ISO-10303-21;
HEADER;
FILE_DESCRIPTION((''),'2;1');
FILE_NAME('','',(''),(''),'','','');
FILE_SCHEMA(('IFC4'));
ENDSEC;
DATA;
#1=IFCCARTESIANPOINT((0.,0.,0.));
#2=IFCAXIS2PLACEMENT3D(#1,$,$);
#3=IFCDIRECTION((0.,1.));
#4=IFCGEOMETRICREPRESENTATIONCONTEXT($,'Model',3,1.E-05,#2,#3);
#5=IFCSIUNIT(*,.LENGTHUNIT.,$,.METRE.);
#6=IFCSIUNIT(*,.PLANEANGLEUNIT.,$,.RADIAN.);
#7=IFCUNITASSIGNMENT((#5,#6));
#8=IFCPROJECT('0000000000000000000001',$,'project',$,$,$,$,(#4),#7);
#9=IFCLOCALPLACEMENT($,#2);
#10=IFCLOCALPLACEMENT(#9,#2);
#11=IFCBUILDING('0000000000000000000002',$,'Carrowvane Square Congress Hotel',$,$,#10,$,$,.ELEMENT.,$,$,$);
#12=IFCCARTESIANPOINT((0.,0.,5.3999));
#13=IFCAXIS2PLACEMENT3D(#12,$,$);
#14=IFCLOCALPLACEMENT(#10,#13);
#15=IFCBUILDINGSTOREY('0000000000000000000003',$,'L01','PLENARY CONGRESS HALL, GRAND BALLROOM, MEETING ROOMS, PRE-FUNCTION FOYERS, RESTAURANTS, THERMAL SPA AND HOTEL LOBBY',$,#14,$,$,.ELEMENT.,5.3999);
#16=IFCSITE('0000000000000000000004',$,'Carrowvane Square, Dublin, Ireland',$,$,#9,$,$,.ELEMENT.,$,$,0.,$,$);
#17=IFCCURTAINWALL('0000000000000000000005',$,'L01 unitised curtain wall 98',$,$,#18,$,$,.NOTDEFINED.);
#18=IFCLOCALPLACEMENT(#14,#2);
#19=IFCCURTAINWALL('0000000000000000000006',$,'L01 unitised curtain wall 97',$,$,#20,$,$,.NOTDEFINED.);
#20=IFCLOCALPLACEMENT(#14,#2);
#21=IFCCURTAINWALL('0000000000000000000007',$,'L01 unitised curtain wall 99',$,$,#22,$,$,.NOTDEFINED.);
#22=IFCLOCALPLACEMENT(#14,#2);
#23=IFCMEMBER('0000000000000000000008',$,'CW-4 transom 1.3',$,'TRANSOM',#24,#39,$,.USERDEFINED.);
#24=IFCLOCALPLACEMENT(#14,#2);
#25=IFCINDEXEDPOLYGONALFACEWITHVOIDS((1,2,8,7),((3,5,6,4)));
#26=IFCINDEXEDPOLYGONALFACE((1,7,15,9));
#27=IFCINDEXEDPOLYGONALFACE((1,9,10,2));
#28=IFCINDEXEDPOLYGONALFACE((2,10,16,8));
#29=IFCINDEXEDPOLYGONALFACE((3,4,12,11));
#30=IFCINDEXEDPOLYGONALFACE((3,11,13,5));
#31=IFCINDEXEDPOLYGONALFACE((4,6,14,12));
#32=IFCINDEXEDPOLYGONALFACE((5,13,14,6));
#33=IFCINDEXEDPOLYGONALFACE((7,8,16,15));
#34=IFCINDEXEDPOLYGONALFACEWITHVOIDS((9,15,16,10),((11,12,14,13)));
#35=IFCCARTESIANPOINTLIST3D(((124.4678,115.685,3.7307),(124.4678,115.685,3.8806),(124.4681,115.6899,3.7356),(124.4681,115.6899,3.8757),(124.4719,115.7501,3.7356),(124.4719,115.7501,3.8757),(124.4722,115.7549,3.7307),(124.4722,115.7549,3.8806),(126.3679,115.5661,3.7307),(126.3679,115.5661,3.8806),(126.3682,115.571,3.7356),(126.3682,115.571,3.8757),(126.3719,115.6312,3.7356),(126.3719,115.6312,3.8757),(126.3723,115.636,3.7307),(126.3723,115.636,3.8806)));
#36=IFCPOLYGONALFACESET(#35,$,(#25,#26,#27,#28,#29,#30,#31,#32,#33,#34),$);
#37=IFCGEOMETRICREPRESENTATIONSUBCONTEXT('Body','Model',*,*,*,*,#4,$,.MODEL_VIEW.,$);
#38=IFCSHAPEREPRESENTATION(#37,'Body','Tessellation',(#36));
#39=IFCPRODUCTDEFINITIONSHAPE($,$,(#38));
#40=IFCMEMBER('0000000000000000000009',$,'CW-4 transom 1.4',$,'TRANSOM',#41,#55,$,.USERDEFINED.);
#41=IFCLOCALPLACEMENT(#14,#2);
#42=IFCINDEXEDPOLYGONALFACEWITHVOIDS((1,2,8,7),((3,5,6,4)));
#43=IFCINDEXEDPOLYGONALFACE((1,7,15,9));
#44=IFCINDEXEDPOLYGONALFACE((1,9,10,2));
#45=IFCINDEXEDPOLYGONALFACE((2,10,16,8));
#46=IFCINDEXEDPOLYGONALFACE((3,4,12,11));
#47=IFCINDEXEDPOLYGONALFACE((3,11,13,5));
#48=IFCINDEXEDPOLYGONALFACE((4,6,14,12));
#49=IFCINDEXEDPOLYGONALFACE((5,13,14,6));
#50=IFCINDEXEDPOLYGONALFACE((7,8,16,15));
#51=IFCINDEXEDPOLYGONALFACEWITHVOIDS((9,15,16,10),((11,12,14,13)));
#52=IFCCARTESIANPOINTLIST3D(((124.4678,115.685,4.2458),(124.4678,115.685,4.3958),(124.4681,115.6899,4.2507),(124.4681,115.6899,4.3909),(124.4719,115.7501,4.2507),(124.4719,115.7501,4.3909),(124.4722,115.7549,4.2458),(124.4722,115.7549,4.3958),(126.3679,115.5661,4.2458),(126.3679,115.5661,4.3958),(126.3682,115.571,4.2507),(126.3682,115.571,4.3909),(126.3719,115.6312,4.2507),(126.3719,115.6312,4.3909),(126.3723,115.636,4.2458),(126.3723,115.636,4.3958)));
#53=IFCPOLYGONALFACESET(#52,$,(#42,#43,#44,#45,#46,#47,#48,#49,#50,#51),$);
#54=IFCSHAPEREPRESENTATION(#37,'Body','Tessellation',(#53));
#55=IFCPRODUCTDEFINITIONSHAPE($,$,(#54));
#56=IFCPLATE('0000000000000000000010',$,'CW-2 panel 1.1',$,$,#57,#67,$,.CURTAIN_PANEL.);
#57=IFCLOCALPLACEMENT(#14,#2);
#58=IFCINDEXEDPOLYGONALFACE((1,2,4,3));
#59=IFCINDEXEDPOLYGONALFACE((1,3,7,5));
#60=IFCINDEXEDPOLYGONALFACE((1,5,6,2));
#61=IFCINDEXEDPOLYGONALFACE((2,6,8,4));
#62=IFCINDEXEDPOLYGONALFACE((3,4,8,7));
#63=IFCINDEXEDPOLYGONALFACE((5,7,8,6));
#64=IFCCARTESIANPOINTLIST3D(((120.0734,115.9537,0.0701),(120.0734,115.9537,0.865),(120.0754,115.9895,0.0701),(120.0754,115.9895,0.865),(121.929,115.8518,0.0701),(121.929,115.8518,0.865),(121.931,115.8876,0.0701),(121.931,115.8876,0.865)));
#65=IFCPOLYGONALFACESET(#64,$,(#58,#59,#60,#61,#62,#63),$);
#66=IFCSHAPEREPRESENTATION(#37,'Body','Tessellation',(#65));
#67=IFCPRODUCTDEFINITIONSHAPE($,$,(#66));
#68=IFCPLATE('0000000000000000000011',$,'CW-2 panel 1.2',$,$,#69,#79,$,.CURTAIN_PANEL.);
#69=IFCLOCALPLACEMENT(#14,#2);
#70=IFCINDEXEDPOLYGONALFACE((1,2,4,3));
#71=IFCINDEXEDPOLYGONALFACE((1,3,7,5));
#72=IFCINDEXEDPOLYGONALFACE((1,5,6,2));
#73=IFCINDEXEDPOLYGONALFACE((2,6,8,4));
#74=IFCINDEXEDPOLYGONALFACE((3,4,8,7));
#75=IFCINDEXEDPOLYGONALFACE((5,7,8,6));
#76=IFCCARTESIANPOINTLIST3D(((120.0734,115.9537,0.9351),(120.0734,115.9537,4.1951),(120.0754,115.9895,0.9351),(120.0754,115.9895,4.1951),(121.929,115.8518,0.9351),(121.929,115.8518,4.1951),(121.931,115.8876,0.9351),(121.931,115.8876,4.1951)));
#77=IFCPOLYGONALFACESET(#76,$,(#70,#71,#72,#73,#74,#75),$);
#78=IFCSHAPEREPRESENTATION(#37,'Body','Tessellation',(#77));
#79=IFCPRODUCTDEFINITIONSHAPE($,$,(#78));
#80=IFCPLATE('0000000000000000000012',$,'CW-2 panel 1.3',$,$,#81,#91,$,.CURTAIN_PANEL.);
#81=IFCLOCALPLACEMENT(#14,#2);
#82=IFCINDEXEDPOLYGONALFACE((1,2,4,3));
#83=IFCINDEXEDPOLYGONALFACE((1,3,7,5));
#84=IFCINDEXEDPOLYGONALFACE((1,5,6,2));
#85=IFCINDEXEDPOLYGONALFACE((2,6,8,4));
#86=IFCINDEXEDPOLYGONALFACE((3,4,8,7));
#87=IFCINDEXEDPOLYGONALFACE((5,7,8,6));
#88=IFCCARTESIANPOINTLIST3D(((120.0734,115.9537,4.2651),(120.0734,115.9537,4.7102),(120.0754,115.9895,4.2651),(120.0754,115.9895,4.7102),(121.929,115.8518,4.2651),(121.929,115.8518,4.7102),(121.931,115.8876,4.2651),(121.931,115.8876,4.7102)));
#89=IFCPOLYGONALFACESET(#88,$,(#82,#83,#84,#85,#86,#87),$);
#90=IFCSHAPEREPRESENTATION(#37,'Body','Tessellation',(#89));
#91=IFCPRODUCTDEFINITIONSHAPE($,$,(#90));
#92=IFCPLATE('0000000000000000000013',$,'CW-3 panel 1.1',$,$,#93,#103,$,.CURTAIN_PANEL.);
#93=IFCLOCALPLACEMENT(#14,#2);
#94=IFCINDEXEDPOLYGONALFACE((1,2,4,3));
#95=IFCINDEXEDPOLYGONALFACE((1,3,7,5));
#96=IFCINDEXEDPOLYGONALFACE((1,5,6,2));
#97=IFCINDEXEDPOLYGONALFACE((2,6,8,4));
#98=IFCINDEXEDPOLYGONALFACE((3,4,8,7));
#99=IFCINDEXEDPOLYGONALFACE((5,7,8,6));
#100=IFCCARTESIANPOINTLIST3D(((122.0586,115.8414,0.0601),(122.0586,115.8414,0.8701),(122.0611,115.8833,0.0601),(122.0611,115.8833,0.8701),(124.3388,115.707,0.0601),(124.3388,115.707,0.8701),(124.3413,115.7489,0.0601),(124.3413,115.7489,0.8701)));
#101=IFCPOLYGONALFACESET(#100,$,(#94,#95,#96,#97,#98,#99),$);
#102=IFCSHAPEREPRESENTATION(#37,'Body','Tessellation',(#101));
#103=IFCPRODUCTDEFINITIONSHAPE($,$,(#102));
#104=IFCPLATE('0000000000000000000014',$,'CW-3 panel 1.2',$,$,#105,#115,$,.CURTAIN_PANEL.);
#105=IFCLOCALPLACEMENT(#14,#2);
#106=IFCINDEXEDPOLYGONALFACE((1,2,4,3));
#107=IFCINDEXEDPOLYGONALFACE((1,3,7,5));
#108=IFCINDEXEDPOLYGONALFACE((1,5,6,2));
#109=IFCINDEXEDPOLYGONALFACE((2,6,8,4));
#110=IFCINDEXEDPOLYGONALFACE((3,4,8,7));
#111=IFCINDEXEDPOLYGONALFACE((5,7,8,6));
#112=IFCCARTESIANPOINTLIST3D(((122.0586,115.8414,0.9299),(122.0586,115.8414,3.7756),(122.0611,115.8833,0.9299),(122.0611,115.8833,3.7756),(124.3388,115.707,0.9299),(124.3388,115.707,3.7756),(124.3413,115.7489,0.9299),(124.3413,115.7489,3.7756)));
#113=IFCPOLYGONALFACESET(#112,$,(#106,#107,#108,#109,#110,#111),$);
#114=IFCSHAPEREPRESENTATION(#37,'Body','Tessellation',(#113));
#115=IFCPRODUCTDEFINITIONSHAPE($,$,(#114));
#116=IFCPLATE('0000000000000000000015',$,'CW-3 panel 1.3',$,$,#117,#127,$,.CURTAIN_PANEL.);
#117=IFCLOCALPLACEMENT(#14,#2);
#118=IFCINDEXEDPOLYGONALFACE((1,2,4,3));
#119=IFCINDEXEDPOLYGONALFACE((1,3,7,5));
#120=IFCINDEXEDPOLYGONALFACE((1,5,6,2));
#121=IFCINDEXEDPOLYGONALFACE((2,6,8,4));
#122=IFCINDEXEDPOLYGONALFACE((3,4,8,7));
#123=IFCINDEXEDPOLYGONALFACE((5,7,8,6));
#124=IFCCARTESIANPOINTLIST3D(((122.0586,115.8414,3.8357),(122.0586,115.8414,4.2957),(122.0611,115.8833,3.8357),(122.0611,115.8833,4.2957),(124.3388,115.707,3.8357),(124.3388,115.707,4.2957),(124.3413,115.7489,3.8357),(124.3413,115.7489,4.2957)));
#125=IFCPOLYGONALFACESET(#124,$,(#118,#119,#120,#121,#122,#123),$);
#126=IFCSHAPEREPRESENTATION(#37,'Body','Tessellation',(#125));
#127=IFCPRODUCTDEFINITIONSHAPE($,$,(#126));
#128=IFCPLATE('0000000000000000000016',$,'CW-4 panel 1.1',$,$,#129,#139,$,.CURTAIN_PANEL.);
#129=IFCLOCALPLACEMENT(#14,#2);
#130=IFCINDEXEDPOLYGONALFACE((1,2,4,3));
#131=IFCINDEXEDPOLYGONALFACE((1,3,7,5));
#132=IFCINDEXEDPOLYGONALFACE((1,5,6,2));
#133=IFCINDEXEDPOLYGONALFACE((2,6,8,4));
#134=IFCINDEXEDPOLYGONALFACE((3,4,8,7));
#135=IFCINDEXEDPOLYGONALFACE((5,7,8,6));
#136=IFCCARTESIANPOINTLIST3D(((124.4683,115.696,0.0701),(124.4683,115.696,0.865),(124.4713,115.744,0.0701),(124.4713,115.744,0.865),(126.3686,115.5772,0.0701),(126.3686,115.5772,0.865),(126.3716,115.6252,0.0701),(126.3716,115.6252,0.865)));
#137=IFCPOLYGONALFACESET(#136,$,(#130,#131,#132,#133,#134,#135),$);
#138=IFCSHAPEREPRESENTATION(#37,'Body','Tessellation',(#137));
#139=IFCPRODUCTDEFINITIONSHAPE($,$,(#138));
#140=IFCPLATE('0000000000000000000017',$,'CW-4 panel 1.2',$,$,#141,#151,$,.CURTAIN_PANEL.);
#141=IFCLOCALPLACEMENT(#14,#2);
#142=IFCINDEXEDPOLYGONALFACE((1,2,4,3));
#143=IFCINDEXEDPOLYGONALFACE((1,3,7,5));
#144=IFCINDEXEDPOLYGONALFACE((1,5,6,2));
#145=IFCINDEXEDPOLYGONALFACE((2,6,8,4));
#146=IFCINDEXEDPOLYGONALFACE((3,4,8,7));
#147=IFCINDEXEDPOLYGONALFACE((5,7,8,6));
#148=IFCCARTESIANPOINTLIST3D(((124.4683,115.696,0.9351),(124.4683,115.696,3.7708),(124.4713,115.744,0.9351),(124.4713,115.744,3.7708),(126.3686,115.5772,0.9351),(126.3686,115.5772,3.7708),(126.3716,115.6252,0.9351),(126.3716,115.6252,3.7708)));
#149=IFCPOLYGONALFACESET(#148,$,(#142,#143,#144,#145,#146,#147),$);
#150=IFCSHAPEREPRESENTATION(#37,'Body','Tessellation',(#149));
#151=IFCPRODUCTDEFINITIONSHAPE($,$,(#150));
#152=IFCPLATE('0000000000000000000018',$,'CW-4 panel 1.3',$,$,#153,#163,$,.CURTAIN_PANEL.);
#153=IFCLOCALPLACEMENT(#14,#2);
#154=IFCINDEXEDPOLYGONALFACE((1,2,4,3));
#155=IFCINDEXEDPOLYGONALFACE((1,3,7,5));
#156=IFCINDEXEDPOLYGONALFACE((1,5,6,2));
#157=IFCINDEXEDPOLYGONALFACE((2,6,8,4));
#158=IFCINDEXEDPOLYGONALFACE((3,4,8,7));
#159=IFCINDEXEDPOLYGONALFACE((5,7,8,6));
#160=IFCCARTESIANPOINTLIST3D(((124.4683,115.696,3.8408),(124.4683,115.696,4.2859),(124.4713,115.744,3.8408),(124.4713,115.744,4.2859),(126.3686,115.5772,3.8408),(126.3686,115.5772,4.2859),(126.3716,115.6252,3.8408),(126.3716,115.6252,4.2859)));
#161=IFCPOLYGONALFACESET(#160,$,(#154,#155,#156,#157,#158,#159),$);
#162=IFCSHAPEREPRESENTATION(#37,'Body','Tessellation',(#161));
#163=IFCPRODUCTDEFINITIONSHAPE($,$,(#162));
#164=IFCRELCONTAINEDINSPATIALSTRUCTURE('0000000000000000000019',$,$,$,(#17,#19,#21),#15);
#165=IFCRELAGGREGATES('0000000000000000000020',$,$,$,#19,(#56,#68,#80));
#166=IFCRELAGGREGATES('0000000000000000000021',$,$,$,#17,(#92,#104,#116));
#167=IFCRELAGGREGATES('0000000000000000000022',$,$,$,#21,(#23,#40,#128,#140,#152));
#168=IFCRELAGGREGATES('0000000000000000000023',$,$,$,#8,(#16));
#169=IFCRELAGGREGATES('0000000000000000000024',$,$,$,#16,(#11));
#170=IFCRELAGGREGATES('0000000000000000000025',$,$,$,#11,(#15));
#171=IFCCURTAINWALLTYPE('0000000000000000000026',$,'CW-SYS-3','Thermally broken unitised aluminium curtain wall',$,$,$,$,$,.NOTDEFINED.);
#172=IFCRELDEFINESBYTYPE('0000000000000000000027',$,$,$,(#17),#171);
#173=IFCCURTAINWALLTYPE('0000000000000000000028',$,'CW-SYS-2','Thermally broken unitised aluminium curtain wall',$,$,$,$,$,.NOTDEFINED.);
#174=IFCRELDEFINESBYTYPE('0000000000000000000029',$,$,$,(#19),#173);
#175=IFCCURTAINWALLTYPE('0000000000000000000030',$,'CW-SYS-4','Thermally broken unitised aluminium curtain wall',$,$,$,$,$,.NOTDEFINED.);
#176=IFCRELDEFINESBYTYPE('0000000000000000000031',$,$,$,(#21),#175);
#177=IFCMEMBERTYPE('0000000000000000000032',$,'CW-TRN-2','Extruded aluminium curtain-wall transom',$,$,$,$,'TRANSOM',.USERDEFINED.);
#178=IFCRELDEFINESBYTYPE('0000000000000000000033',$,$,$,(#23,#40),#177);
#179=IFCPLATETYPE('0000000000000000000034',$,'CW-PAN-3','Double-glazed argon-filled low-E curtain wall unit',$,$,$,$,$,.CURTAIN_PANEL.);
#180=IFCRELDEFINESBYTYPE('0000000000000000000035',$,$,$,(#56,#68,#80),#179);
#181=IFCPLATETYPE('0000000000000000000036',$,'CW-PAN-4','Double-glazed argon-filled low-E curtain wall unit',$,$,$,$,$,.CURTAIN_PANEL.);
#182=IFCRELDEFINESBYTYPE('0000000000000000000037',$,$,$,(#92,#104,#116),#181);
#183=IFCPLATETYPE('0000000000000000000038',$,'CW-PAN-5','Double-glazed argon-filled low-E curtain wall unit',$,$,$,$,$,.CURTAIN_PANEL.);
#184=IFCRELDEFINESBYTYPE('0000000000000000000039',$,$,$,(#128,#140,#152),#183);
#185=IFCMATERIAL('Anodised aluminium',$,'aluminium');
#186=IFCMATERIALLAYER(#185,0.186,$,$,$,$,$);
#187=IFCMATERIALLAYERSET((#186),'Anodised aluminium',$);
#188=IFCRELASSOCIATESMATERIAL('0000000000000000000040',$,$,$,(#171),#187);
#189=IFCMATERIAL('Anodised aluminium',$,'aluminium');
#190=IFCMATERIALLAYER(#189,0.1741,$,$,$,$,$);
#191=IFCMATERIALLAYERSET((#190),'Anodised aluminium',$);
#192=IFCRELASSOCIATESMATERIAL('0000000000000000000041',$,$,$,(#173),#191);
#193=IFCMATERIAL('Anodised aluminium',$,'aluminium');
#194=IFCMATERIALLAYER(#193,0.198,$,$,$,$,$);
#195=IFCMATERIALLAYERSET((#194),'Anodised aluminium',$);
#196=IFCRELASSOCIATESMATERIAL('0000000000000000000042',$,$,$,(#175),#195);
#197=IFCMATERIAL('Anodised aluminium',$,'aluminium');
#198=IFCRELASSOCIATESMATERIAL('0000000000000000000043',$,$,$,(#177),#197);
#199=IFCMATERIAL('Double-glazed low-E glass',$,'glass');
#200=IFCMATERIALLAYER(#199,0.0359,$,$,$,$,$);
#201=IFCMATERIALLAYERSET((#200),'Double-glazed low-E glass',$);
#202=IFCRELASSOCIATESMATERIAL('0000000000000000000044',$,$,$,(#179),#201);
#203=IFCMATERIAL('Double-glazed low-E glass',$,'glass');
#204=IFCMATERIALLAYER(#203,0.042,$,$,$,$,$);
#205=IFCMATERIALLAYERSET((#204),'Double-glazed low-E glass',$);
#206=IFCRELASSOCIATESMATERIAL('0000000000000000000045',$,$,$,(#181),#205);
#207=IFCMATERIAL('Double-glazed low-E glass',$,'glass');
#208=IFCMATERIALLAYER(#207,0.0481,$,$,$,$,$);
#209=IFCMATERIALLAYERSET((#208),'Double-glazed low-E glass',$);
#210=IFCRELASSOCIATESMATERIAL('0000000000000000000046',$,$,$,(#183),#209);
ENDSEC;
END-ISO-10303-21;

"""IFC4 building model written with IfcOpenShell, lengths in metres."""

from ifc_helpers import new_model, si_unit, direction, frame, origin, origin_2d, place, context, subcontext, project, spatial, rectangle, hollow_rectangle, extrude, material, layer, layer_set, material_profile, profile_set, type_object, element, aggregate, save


model = new_model("IFC4")

# Units and contexts
model_context = context("Model", 3, precision=1e-05, world=origin(), true_north=direction((0.0, 1.0)))
body_context = subcontext(model_context, "Body", "Model", "MODEL_VIEW")
ifc_project = project(units=[si_unit("LENGTHUNIT", "METRE"), si_unit("PLANEANGLEUNIT", "RADIAN")], contexts=[model_context])

# Site, building, storey
site_placement = place(None, origin())
site = spatial("IfcSite", under=ifc_project, at=site_placement, Name="Carrowvane Square, Dublin, Ireland", CompositionType="ELEMENT", RefElevation=0.0)
building_placement = place(site_placement, origin())
building = spatial("IfcBuilding", under=site, at=building_placement, Name="Carrowvane Square Congress Hotel", CompositionType="ELEMENT")
storey_placement = place(building_placement, frame((0.0, 0.0, 5.3999)))
storey = spatial("IfcBuildingStorey", under=building, at=storey_placement, Name="L01", Description="PLENARY CONGRESS HALL, GRAND BALLROOM, MEETING ROOMS, PRE-FUNCTION FOYERS, RESTAURANTS, THERMAL SPA AND HOTEL LOBBY", CompositionType="ELEMENT", Elevation=5.3999)

# Curtain wall
ifc_material_1 = material(Name="Anodised aluminium", Category="aluminium")
ifc_layer_1 = layer(ifc_material_1, 0.186)
ifc_layer_set_1 = layer_set([ifc_layer_1], Name="Anodised aluminium")
curtain_wall_type_1 = type_object("IfcCurtainWallType", Name="CW-SYS-3", Description="Thermally broken unitised aluminium curtain wall", PredefinedType="NOTDEFINED", material=ifc_layer_set_1)
curtain_wall_1_placement = place(storey_placement, origin())
curtain_wall_1 = element("IfcCurtainWall", 1, at=curtain_wall_1_placement, inside=storey, type_object=curtain_wall_type_1, Name="L01 unitised curtain wall 98", PredefinedType="NOTDEFINED")

# Curtain walls
ifc_material_2 = material(Name="Anodised aluminium", Category="aluminium")
ifc_layer_2 = layer(ifc_material_2, 0.1741)
ifc_layer_set_2 = layer_set([ifc_layer_2], Name="Anodised aluminium")
curtain_wall_type_2 = type_object("IfcCurtainWallType", Name="CW-SYS-2", Description="Thermally broken unitised aluminium curtain wall", PredefinedType="NOTDEFINED", material=ifc_layer_set_2)
curtain_wall_2_placement = place(storey_placement, origin())
curtain_wall_2 = element("IfcCurtainWall", 2, at=curtain_wall_2_placement, inside=storey, type_object=curtain_wall_type_2, Name="L01 unitised curtain wall 97", PredefinedType="NOTDEFINED")
ifc_material_3 = material(Name="Anodised aluminium", Category="aluminium")
ifc_layer_3 = layer(ifc_material_3, 0.198)
ifc_layer_set_3 = layer_set([ifc_layer_3], Name="Anodised aluminium")
curtain_wall_type_3 = type_object("IfcCurtainWallType", Name="CW-SYS-4", Description="Thermally broken unitised aluminium curtain wall", PredefinedType="NOTDEFINED", material=ifc_layer_set_3)
curtain_wall_3_placement = place(storey_placement, origin())
curtain_wall_3 = element("IfcCurtainWall", 3, at=curtain_wall_3_placement, inside=storey, type_object=curtain_wall_type_3, Name="L01 unitised curtain wall 99", PredefinedType="NOTDEFINED")

# Members
ifc_material_4 = material(Name="Anodised aluminium", Category="aluminium")
ifc_material_profile_1 = material_profile(ifc_material_4, hollow_rectangle(XDim=0.0701, YDim=0.1499, WallThickness=0.0049, at=origin_2d()), Name="CW-TR 70x150x5")
ifc_profile_set_1 = profile_set([ifc_material_profile_1], Name="Anodised aluminium")
member_type_1 = type_object("IfcMemberType", Name="CW-TRN-2", Description="Extruded aluminium curtain-wall transom", ElementType="TRANSOM", PredefinedType="USERDEFINED", material=ifc_profile_set_1)
member_1_placement = place(storey_placement, frame((124.47, 115.72, 3.8057), z_axis=(0.998048, -0.06245, 0.0), x_axis=(0.06245, 0.998048, 0.0)))
member_1 = element("IfcMember", 4, at=member_1_placement, type_object=member_type_1, Name="CW-4 transom 1.3", ObjectType="TRANSOM", PredefinedType="USERDEFINED", context=body_context, shape_type="SweptSolid", body=[
    extrude(hollow_rectangle(XDim=0.0701, YDim=0.1499, WallThickness=0.0049, at=origin_2d()), origin(), (0.0, 0.0, 1.0), 1.9038),
])
member_2_placement = place(storey_placement, frame((124.47, 115.72, 4.3208), z_axis=(0.998048, -0.06245, 0.0), x_axis=(0.06245, 0.998048, 0.0)))
member_2 = element("IfcMember", 5, at=member_2_placement, type_object=member_type_1, Name="CW-4 transom 1.4", ObjectType="TRANSOM", PredefinedType="USERDEFINED", context=body_context, shape_type="SweptSolid", body=[
    extrude(hollow_rectangle(XDim=0.0701, YDim=0.1499, WallThickness=0.0049, at=origin_2d()), origin(), (0.0, 0.0, 1.0), 1.9038),
])

# Plates
ifc_material_5 = material(Name="Double-glazed low-E glass", Category="glass")
ifc_layer_4 = layer(ifc_material_5, 0.0359)
ifc_layer_set_4 = layer_set([ifc_layer_4], Name="Double-glazed low-E glass")
plate_type_1 = type_object("IfcPlateType", Name="CW-PAN-3", Description="Double-glazed argon-filled low-E curtain wall unit", PredefinedType="CURTAIN_PANEL", material=ifc_layer_set_4)
plate_1_placement = place(storey_placement, frame((121.0022, 115.9207, 0.0701), z_axis=(0.0, 0.0, 1.0), x_axis=(0.998496, -0.054816, 0.0)))
plate_1 = element("IfcPlate", 6, at=plate_1_placement, type_object=plate_type_1, Name="CW-2 panel 1.1", PredefinedType="CURTAIN_PANEL", context=body_context, shape_type="SweptSolid", body=[
    extrude(rectangle(XDim=1.8584, YDim=0.0359, at=origin_2d()), origin(), (0.0, 0.0, 1.0), 0.7949),
])
plate_2_placement = place(storey_placement, frame((121.0022, 115.9207, 0.9351), z_axis=(0.0, 0.0, 1.0), x_axis=(0.998496, -0.054816, 0.0)))
plate_2 = element("IfcPlate", 7, at=plate_2_placement, type_object=plate_type_1, Name="CW-2 panel 1.2", PredefinedType="CURTAIN_PANEL", context=body_context, shape_type="SweptSolid", body=[
    extrude(rectangle(XDim=1.8584, YDim=0.0359, at=origin_2d()), origin(), (0.0, 0.0, 1.0), 3.26),
])
plate_3_placement = place(storey_placement, frame((121.0022, 115.9207, 4.2651), z_axis=(0.0, 0.0, 1.0), x_axis=(0.998496, -0.054816, 0.0)))
plate_3 = element("IfcPlate", 8, at=plate_3_placement, type_object=plate_type_1, Name="CW-2 panel 1.3", PredefinedType="CURTAIN_PANEL", context=body_context, shape_type="SweptSolid", body=[
    extrude(rectangle(XDim=1.8584, YDim=0.0359, at=origin_2d()), origin(), (0.0, 0.0, 1.0), 0.4451),
])
aggregate(curtain_wall_2, [plate_1, plate_2, plate_3])
ifc_material_6 = material(Name="Double-glazed low-E glass", Category="glass")
ifc_layer_5 = layer(ifc_material_6, 0.042)
ifc_layer_set_5 = layer_set([ifc_layer_5], Name="Double-glazed low-E glass")
plate_type_2 = type_object("IfcPlateType", Name="CW-PAN-4", Description="Double-glazed argon-filled low-E curtain wall unit", PredefinedType="CURTAIN_PANEL", material=ifc_layer_set_5)
plate_4_placement = place(storey_placement, frame((123.2, 115.7952, 0.0601), z_axis=(0.0, 0.0, 1.0), x_axis=(0.998267, -0.058851, 0.0)))
plate_4 = element("IfcPlate", 9, at=plate_4_placement, type_object=plate_type_2, Name="CW-3 panel 1.1", PredefinedType="CURTAIN_PANEL", context=body_context, shape_type="SweptSolid", body=[
    extrude(rectangle(XDim=2.2842, YDim=0.042, at=origin_2d()), origin(), (0.0, 0.0, 1.0), 0.8101),
])
plate_5_placement = place(storey_placement, frame((123.2, 115.7952, 0.9299), z_axis=(0.0, 0.0, 1.0), x_axis=(0.998267, -0.058851, 0.0)))
plate_5 = element("IfcPlate", 10, at=plate_5_placement, type_object=plate_type_2, Name="CW-3 panel 1.2", PredefinedType="CURTAIN_PANEL", context=body_context, shape_type="SweptSolid", body=[
    extrude(rectangle(XDim=2.2842, YDim=0.042, at=origin_2d()), origin(), (0.0, 0.0, 1.0), 2.8457),
])
plate_6_placement = place(storey_placement, frame((123.2, 115.7952, 3.8357), z_axis=(0.0, 0.0, 1.0), x_axis=(0.998267, -0.058851, 0.0)))
plate_6 = element("IfcPlate", 11, at=plate_6_placement, type_object=plate_type_2, Name="CW-3 panel 1.3", PredefinedType="CURTAIN_PANEL", context=body_context, shape_type="SweptSolid", body=[
    extrude(rectangle(XDim=2.2842, YDim=0.042, at=origin_2d()), origin(), (0.0, 0.0, 1.0), 0.46),
])
aggregate(curtain_wall_1, [plate_4, plate_5, plate_6])
ifc_material_7 = material(Name="Double-glazed low-E glass", Category="glass")
ifc_layer_6 = layer(ifc_material_7, 0.0481)
ifc_layer_set_6 = layer_set([ifc_layer_6], Name="Double-glazed low-E glass")
plate_type_3 = type_object("IfcPlateType", Name="CW-PAN-5", Description="Double-glazed argon-filled low-E curtain wall unit", PredefinedType="CURTAIN_PANEL", material=ifc_layer_set_6)
plate_7_placement = place(storey_placement, frame((125.4199, 115.6606, 0.0701), z_axis=(0.0, 0.0, 1.0), x_axis=(0.998051, -0.062397, 0.0)))
plate_7 = element("IfcPlate", 12, at=plate_7_placement, type_object=plate_type_3, Name="CW-4 panel 1.1", PredefinedType="CURTAIN_PANEL", context=body_context, shape_type="SweptSolid", body=[
    extrude(rectangle(XDim=1.9041, YDim=0.0481, at=origin_2d()), origin(), (0.0, 0.0, 1.0), 0.7949),
])
plate_8_placement = place(storey_placement, frame((125.4199, 115.6606, 0.9351), z_axis=(0.0, 0.0, 1.0), x_axis=(0.998051, -0.062397, 0.0)))
plate_8 = element("IfcPlate", 13, at=plate_8_placement, type_object=plate_type_3, Name="CW-4 panel 1.2", PredefinedType="CURTAIN_PANEL", context=body_context, shape_type="SweptSolid", body=[
    extrude(rectangle(XDim=1.9041, YDim=0.0481, at=origin_2d()), origin(), (0.0, 0.0, 1.0), 2.8357),
])
plate_9_placement = place(storey_placement, frame((125.4199, 115.6606, 3.8408), z_axis=(0.0, 0.0, 1.0), x_axis=(0.998051, -0.062397, 0.0)))
plate_9 = element("IfcPlate", 14, at=plate_9_placement, type_object=plate_type_3, Name="CW-4 panel 1.3", PredefinedType="CURTAIN_PANEL", context=body_context, shape_type="SweptSolid", body=[
    extrude(rectangle(XDim=1.9041, YDim=0.0481, at=origin_2d()), origin(), (0.0, 0.0, 1.0), 0.4451),
])
aggregate(curtain_wall_3, [member_1, member_2, plate_7, plate_8, plate_9])

save(model, "model.ifc")
